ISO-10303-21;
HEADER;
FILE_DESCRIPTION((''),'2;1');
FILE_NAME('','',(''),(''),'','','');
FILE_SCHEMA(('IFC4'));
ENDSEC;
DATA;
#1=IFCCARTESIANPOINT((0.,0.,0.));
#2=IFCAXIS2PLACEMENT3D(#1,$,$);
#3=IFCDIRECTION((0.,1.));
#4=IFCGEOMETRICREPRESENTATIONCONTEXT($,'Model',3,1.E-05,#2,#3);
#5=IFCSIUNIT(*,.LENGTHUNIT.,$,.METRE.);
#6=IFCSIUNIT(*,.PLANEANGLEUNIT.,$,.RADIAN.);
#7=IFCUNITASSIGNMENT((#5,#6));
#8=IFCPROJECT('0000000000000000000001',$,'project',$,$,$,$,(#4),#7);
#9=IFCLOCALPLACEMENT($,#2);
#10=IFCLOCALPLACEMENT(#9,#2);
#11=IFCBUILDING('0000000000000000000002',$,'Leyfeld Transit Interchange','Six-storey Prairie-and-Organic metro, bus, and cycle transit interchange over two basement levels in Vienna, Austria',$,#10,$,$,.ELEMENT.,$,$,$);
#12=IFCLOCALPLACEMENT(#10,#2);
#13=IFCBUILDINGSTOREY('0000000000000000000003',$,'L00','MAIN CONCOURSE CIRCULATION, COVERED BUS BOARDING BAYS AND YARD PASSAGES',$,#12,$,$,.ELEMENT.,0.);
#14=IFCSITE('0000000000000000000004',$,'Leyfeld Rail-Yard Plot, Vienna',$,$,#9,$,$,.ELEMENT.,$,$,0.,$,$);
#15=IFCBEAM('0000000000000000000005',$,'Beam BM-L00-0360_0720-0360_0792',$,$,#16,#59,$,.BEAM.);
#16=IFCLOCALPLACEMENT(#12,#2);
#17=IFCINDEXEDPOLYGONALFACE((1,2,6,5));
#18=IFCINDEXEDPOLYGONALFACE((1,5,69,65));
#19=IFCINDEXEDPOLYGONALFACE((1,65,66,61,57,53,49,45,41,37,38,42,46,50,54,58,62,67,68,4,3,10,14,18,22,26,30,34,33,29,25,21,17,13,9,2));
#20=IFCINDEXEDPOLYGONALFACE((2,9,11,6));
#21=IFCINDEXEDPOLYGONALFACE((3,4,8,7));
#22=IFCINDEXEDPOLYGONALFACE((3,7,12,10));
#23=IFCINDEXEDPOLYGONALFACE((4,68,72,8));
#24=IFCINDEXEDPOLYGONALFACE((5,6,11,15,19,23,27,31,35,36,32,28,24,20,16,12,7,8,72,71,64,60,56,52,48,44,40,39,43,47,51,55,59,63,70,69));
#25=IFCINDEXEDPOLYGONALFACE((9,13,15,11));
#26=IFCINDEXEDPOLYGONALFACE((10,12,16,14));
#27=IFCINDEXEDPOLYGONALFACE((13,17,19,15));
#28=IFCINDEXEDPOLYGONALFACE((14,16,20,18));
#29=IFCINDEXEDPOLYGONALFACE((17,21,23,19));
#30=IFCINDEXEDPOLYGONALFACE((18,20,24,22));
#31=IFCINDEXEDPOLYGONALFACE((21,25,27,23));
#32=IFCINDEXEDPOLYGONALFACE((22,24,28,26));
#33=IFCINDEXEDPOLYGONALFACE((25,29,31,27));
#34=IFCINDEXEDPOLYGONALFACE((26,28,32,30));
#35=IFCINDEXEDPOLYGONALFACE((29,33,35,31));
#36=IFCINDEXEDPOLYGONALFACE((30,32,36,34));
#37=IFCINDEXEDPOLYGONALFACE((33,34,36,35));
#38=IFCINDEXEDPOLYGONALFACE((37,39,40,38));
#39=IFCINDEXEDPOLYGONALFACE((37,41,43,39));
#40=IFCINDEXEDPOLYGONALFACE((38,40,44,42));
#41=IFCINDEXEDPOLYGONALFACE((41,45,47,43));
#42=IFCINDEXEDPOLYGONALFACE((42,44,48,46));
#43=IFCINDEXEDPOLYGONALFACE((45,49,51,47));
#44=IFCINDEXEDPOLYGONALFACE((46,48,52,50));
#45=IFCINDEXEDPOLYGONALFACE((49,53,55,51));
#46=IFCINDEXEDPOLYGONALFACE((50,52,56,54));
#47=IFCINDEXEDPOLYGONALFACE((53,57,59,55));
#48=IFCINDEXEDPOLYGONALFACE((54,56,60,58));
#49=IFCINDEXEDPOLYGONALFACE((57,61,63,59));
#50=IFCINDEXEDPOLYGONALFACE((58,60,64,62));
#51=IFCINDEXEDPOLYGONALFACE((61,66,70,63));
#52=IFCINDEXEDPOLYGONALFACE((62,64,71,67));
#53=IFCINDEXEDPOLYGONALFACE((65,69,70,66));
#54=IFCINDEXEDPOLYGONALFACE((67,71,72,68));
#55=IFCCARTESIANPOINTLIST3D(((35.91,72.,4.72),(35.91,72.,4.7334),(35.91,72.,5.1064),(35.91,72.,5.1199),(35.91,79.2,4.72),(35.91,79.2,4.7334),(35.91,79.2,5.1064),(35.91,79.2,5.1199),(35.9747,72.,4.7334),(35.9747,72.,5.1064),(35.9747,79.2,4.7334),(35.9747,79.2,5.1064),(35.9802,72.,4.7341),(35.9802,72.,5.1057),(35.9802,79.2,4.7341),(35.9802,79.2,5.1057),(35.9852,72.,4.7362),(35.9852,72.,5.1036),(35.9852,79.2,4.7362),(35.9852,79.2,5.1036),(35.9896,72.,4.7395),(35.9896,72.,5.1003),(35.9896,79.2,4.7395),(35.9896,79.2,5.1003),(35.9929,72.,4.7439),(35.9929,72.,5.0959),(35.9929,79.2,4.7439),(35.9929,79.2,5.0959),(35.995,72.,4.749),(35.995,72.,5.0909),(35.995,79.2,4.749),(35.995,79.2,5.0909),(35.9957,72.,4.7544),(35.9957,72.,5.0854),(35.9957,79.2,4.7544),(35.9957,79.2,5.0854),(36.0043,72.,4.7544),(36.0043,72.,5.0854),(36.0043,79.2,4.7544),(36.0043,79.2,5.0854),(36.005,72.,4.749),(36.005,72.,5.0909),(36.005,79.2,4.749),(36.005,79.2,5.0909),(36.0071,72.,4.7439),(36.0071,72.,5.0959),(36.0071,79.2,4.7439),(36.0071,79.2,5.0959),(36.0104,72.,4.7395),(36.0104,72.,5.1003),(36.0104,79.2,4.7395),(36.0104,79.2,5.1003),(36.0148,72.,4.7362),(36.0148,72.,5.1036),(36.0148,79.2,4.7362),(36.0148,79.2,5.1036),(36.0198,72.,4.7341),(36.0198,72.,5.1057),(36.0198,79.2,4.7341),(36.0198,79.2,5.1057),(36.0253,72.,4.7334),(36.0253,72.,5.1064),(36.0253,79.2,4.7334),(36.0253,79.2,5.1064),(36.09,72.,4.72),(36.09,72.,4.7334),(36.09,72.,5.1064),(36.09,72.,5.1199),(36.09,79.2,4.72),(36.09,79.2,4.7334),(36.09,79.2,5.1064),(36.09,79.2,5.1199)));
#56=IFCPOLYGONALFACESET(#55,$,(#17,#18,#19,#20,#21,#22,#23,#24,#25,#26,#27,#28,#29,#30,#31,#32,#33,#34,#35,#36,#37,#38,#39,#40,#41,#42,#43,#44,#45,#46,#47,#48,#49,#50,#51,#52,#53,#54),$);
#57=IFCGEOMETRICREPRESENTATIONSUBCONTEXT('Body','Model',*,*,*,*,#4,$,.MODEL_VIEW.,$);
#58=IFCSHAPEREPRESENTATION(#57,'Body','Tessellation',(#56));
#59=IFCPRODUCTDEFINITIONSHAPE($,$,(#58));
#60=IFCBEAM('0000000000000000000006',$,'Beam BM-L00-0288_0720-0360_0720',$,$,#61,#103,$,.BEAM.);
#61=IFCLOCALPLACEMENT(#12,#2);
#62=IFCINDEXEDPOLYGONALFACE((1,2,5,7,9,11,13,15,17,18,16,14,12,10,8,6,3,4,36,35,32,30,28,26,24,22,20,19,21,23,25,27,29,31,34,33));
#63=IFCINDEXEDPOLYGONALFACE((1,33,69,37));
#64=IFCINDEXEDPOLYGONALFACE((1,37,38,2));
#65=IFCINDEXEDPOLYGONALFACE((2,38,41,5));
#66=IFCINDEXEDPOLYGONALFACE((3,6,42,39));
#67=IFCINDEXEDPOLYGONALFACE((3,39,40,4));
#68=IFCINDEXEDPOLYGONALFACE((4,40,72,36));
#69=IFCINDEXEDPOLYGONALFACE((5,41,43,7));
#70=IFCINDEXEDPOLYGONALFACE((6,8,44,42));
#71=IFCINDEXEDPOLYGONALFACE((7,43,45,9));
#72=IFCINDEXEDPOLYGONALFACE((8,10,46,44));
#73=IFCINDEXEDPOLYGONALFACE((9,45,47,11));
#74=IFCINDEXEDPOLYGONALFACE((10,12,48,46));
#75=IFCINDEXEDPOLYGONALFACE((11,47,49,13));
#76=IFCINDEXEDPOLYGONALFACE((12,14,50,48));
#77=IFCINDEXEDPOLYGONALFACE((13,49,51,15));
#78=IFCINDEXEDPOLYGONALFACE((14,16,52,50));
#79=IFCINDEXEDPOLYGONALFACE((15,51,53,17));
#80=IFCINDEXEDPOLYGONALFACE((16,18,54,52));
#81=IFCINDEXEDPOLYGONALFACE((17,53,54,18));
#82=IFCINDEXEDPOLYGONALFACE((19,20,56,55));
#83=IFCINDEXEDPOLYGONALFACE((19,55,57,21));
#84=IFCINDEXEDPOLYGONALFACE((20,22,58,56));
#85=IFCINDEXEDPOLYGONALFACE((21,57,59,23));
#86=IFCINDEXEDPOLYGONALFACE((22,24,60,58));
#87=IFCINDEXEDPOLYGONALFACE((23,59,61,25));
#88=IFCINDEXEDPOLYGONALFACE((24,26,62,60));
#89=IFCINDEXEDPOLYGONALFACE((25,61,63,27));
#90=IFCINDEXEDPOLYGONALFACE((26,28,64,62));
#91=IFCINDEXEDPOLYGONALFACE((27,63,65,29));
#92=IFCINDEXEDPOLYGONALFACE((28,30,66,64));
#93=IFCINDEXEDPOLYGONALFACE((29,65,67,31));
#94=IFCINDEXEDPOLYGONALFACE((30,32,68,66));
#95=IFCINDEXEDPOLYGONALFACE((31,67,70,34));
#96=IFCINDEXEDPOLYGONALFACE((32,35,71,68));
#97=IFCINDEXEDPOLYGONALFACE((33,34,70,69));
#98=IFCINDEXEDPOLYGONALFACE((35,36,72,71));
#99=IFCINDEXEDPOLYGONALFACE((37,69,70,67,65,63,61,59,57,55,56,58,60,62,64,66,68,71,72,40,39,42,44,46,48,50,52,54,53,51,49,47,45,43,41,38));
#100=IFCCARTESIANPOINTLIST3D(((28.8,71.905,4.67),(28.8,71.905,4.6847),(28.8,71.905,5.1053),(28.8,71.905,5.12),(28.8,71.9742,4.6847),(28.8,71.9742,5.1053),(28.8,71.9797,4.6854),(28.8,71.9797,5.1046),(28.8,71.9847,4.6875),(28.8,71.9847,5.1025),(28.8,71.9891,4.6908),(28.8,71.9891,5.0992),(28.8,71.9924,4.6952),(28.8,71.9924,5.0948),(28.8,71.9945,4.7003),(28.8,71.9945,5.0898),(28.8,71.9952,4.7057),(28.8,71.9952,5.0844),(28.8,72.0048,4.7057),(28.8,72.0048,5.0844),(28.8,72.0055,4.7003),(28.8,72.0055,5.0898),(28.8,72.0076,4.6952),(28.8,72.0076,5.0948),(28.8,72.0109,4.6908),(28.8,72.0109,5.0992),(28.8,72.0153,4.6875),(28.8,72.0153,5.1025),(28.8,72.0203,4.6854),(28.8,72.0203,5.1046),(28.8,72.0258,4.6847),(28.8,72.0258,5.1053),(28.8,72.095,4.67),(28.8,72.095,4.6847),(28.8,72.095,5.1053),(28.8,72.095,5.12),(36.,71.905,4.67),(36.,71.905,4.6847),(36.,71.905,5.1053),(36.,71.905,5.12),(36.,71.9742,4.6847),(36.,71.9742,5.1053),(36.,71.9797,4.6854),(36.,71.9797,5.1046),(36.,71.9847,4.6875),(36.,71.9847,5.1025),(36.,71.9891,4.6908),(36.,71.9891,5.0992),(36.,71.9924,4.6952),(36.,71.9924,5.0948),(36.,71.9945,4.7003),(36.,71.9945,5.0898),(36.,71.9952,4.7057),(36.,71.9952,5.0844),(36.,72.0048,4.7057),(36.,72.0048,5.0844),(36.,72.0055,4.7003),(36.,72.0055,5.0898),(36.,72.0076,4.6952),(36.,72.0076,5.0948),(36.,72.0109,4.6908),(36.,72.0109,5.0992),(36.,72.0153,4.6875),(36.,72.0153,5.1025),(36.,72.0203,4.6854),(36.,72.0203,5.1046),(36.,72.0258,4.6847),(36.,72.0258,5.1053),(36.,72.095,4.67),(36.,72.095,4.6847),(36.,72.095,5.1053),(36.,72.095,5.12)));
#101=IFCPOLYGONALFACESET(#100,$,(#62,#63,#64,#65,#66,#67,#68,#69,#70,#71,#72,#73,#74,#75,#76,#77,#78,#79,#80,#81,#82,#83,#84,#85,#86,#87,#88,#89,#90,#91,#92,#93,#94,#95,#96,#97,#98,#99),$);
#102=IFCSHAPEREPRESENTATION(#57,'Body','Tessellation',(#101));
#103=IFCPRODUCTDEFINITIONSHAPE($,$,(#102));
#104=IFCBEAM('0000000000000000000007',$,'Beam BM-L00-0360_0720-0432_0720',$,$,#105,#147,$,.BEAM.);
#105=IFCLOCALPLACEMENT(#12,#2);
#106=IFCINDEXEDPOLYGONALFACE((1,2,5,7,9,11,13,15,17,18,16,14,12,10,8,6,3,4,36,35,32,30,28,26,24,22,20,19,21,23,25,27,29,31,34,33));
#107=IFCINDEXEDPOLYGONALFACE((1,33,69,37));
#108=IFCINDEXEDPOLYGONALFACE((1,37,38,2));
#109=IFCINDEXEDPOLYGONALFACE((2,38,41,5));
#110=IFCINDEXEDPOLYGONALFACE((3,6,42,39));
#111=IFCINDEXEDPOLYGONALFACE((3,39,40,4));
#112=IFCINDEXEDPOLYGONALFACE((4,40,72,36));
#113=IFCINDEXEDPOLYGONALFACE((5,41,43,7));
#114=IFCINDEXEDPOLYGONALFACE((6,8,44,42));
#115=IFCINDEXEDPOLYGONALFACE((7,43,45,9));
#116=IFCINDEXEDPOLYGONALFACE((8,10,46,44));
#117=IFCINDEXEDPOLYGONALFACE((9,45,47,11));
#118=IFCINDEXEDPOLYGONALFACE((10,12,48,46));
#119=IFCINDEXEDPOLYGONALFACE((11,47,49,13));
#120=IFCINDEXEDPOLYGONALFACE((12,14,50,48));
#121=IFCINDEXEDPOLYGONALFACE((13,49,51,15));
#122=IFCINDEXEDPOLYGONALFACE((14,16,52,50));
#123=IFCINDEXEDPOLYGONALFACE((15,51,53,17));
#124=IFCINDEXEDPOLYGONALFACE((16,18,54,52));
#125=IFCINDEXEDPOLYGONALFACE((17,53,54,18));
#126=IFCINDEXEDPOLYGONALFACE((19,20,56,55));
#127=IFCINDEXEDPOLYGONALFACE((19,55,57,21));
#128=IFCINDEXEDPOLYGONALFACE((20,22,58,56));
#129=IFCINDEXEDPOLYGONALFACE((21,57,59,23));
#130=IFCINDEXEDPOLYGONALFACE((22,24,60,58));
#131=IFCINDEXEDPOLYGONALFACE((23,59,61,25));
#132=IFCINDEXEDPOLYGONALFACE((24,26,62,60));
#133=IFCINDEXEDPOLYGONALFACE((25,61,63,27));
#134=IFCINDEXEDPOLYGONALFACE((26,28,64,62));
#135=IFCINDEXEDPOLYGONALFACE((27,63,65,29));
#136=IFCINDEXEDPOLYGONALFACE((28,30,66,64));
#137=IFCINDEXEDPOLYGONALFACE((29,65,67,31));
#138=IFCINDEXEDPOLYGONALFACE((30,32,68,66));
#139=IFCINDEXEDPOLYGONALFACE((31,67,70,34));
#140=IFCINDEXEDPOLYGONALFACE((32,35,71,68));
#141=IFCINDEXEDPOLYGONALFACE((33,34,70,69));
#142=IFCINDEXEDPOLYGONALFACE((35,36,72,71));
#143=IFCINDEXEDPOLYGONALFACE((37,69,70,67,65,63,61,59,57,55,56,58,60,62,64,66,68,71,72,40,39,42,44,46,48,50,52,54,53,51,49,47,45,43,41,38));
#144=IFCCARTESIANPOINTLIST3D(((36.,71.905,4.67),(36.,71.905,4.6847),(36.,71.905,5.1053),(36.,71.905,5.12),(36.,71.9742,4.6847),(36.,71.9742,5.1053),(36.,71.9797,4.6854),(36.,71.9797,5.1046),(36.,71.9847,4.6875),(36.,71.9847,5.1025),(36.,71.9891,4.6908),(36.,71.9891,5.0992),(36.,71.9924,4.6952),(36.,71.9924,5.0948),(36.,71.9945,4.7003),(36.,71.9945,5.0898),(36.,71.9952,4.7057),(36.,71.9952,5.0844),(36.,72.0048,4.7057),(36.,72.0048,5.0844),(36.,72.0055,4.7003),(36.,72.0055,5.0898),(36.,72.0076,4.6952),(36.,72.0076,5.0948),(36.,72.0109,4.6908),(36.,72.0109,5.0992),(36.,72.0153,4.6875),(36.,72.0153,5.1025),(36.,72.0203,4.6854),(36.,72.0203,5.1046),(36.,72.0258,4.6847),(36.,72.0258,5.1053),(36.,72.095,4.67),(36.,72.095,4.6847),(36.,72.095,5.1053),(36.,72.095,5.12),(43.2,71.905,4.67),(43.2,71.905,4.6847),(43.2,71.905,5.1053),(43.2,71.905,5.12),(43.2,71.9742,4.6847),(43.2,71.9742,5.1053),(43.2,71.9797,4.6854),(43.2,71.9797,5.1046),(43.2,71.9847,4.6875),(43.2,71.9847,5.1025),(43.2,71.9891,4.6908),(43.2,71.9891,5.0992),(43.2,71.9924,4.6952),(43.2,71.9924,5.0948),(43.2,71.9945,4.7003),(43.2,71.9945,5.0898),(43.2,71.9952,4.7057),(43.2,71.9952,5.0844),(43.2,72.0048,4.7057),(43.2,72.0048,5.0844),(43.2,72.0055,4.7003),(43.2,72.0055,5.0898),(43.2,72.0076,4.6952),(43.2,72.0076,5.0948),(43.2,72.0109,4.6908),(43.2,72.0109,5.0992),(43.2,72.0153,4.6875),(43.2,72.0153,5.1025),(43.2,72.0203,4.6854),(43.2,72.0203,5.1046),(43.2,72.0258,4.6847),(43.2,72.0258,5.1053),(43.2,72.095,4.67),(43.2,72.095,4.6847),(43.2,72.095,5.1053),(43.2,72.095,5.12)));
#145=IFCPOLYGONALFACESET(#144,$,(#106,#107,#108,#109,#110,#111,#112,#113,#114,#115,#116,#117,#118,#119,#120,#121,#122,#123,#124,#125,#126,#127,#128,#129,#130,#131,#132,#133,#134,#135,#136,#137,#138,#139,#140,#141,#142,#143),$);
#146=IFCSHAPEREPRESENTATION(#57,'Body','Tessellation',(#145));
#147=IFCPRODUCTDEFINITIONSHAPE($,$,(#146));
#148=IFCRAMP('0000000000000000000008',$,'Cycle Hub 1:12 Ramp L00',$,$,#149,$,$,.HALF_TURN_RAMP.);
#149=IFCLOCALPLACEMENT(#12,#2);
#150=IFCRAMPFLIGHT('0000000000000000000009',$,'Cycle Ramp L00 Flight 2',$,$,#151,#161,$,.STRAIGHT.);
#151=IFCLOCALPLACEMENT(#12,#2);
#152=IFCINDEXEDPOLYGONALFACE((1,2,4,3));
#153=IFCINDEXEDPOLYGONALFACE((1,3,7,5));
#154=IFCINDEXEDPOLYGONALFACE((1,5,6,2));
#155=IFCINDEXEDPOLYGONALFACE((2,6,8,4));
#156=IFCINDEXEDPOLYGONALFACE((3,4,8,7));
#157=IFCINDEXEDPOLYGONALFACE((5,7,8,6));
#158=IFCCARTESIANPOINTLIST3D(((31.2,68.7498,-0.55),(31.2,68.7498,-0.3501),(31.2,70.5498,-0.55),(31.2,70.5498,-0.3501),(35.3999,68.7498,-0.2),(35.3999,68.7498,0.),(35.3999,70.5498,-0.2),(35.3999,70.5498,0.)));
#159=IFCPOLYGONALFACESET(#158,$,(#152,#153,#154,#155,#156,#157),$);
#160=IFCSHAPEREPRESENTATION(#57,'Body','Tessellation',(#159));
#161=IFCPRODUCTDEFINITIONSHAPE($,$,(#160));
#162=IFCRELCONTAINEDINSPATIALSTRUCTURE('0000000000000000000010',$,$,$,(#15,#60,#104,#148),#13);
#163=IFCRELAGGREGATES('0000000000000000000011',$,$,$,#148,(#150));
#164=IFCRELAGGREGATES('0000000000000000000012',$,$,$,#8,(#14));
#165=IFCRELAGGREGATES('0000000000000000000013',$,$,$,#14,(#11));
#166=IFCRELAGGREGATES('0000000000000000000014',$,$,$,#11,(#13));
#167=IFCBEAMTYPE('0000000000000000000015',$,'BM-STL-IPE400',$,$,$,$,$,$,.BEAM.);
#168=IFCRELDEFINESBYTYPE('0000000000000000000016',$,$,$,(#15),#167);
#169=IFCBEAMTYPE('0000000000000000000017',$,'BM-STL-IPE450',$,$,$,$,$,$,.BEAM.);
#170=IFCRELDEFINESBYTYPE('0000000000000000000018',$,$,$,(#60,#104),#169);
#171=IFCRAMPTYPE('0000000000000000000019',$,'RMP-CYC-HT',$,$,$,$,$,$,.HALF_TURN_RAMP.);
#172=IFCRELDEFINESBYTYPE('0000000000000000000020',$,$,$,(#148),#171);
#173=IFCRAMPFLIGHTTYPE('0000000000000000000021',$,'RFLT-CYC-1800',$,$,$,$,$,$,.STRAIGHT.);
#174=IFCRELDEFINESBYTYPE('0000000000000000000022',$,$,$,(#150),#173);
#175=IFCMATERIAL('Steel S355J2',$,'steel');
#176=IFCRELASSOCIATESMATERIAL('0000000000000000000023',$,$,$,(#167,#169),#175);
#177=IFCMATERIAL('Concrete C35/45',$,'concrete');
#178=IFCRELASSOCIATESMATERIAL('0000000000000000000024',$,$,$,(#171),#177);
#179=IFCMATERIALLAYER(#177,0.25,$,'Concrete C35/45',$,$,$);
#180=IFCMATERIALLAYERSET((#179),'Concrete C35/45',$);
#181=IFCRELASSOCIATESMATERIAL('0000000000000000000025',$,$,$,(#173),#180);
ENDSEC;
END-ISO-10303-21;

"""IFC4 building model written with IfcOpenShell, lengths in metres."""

from ifc_helpers import new_model, si_unit, direction, frame, origin, origin_2d, place, context, subcontext, project, spatial, polyline, i_section, outline, extrude, material, layer, layer_set, material_profile, profile_set, type_object, element, aggregate, save


model = new_model("IFC4")

# Units and contexts
model_context = context("Model", 3, precision=1e-05, world=origin(), true_north=direction((0.0, 1.0)))
body_context = subcontext(model_context, "Body", "Model", "MODEL_VIEW")
ifc_project = project(units=[si_unit("LENGTHUNIT", "METRE"), si_unit("PLANEANGLEUNIT", "RADIAN")], contexts=[model_context])

# Site, building, storey
site_placement = place(None, origin())
site = spatial("IfcSite", under=ifc_project, at=site_placement, Name="Leyfeld Rail-Yard Plot, Vienna", CompositionType="ELEMENT", RefElevation=0.0)
building_placement = place(site_placement, origin())
building = spatial("IfcBuilding", under=site, at=building_placement, Name="Leyfeld Transit Interchange", Description="Six-storey Prairie-and-Organic metro, bus, and cycle transit interchange over two basement levels in Vienna, Austria", CompositionType="ELEMENT")
storey_placement = place(building_placement, origin())
storey = spatial("IfcBuildingStorey", under=building, at=storey_placement, Name="L00", Description="MAIN CONCOURSE CIRCULATION, COVERED BUS BOARDING BAYS AND YARD PASSAGES", CompositionType="ELEMENT", Elevation=0.0)

# Shared definitions
ifc_material_1 = material(Name="Concrete C35/45", Category="concrete")

# Beams
ifc_material_2 = material(Name="Steel S355J2", Category="steel")
ifc_material_profile_1 = material_profile(ifc_material_2, i_section(OverallWidth=0.1799, OverallDepth=0.3999, WebThickness=0.0085, FlangeThickness=0.0134, FilletRadius=0.021, at=origin_2d()), Name="IPE 400")
ifc_profile_set_1 = profile_set([ifc_material_profile_1], Name="Steel S355J2")
beam_type_1 = type_object("IfcBeamType", Name="BM-STL-IPE400", PredefinedType="BEAM", material=ifc_profile_set_1)
for number, where, z_axis, x_axis, name in (
    (1, (36.0, 72.0, 4.9199), (0.0, 1.0, 0.0), (-1.0, 0.0, 0.0), "Beam BM-L00-0360_0720-0360_0792"),
):
    element("IfcBeam", number, at=place(storey_placement, frame(where, z_axis=z_axis, x_axis=x_axis)), inside=storey, type_object=beam_type_1, Name=name, PredefinedType="BEAM", context=body_context, shape_type="SweptSolid", body=[
        extrude(i_section(OverallWidth=0.1799, OverallDepth=0.3999, WebThickness=0.0085, FlangeThickness=0.0134, FilletRadius=0.021, at=origin_2d()), origin(), (0.0, 0.0, 1.0), 7.2),
    ])
ifc_material_profile_2 = material_profile(ifc_material_2, i_section(OverallWidth=0.1899, OverallDepth=0.45, WebThickness=0.0095, FlangeThickness=0.0146, FilletRadius=0.021, at=origin_2d()), Name="IPE 450")
ifc_profile_set_2 = profile_set([ifc_material_profile_2], Name="Steel S355J2")
beam_type_2 = type_object("IfcBeamType", Name="BM-STL-IPE450", PredefinedType="BEAM", material=ifc_profile_set_2)
for number, where, z_axis, x_axis, name in (
    (2, (28.8, 72.0, 4.895), (1.0, 0.0, 0.0), (0.0, 1.0, 0.0), "Beam BM-L00-0288_0720-0360_0720"),
    (3, (36.0, 72.0, 4.895), (1.0, 0.0, 0.0), (0.0, 1.0, 0.0), "Beam BM-L00-0360_0720-0432_0720"),
):
    element("IfcBeam", number, at=place(storey_placement, frame(where, z_axis=z_axis, x_axis=x_axis)), inside=storey, type_object=beam_type_2, Name=name, PredefinedType="BEAM", context=body_context, shape_type="SweptSolid", body=[
        extrude(i_section(OverallWidth=0.1899, OverallDepth=0.45, WebThickness=0.0095, FlangeThickness=0.0146, FilletRadius=0.021, at=origin_2d()), origin(), (0.0, 0.0, 1.0), 7.2),
    ])

# Ramp, ramp flight
ramp_type = type_object("IfcRampType", Name="RMP-CYC-HT", PredefinedType="HALF_TURN_RAMP", material=ifc_material_1)
ramp_placement = place(storey_placement, origin())
ramp = element("IfcRamp", 4, at=ramp_placement, inside=storey, type_object=ramp_type, Name="Cycle Hub 1:12 Ramp L00", PredefinedType="HALF_TURN_RAMP")
ifc_layer = layer(ifc_material_1, 0.25, Name="Concrete C35/45")
ifc_layer_set = layer_set([ifc_layer], Name="Concrete C35/45")
ramp_flight_type = type_object("IfcRampFlightType", Name="RFLT-CYC-1800", PredefinedType="STRAIGHT", material=ifc_layer_set)
ramp_flight_placement = place(storey_placement, frame((31.2, 69.6499, -0.3501), z_axis=(0.0, 0.0, 1.0), x_axis=(1.0, 0.0, 0.0)))
ramp_flight = element("IfcRampFlight", 5, at=ramp_flight_placement, type_object=ramp_flight_type, Name="Cycle Ramp L00 Flight 2", PredefinedType="STRAIGHT", context=body_context, shape_type="SweptSolid", body=[
    extrude(outline(polyline([(0.0, 0.0), (4.2, 0.3501), (4.2, 0.1501), (0.0, -0.2), (0.0, 0.0)])), frame((0.0, 0.8999, 0.0), z_axis=(0.0, -1.0, 0.0), x_axis=(1.0, 0.0, 0.0)), (0.0, 0.0, 1.0), 1.8),
])
aggregate(ramp, [ramp_flight])

save(model, "model.ifc")
